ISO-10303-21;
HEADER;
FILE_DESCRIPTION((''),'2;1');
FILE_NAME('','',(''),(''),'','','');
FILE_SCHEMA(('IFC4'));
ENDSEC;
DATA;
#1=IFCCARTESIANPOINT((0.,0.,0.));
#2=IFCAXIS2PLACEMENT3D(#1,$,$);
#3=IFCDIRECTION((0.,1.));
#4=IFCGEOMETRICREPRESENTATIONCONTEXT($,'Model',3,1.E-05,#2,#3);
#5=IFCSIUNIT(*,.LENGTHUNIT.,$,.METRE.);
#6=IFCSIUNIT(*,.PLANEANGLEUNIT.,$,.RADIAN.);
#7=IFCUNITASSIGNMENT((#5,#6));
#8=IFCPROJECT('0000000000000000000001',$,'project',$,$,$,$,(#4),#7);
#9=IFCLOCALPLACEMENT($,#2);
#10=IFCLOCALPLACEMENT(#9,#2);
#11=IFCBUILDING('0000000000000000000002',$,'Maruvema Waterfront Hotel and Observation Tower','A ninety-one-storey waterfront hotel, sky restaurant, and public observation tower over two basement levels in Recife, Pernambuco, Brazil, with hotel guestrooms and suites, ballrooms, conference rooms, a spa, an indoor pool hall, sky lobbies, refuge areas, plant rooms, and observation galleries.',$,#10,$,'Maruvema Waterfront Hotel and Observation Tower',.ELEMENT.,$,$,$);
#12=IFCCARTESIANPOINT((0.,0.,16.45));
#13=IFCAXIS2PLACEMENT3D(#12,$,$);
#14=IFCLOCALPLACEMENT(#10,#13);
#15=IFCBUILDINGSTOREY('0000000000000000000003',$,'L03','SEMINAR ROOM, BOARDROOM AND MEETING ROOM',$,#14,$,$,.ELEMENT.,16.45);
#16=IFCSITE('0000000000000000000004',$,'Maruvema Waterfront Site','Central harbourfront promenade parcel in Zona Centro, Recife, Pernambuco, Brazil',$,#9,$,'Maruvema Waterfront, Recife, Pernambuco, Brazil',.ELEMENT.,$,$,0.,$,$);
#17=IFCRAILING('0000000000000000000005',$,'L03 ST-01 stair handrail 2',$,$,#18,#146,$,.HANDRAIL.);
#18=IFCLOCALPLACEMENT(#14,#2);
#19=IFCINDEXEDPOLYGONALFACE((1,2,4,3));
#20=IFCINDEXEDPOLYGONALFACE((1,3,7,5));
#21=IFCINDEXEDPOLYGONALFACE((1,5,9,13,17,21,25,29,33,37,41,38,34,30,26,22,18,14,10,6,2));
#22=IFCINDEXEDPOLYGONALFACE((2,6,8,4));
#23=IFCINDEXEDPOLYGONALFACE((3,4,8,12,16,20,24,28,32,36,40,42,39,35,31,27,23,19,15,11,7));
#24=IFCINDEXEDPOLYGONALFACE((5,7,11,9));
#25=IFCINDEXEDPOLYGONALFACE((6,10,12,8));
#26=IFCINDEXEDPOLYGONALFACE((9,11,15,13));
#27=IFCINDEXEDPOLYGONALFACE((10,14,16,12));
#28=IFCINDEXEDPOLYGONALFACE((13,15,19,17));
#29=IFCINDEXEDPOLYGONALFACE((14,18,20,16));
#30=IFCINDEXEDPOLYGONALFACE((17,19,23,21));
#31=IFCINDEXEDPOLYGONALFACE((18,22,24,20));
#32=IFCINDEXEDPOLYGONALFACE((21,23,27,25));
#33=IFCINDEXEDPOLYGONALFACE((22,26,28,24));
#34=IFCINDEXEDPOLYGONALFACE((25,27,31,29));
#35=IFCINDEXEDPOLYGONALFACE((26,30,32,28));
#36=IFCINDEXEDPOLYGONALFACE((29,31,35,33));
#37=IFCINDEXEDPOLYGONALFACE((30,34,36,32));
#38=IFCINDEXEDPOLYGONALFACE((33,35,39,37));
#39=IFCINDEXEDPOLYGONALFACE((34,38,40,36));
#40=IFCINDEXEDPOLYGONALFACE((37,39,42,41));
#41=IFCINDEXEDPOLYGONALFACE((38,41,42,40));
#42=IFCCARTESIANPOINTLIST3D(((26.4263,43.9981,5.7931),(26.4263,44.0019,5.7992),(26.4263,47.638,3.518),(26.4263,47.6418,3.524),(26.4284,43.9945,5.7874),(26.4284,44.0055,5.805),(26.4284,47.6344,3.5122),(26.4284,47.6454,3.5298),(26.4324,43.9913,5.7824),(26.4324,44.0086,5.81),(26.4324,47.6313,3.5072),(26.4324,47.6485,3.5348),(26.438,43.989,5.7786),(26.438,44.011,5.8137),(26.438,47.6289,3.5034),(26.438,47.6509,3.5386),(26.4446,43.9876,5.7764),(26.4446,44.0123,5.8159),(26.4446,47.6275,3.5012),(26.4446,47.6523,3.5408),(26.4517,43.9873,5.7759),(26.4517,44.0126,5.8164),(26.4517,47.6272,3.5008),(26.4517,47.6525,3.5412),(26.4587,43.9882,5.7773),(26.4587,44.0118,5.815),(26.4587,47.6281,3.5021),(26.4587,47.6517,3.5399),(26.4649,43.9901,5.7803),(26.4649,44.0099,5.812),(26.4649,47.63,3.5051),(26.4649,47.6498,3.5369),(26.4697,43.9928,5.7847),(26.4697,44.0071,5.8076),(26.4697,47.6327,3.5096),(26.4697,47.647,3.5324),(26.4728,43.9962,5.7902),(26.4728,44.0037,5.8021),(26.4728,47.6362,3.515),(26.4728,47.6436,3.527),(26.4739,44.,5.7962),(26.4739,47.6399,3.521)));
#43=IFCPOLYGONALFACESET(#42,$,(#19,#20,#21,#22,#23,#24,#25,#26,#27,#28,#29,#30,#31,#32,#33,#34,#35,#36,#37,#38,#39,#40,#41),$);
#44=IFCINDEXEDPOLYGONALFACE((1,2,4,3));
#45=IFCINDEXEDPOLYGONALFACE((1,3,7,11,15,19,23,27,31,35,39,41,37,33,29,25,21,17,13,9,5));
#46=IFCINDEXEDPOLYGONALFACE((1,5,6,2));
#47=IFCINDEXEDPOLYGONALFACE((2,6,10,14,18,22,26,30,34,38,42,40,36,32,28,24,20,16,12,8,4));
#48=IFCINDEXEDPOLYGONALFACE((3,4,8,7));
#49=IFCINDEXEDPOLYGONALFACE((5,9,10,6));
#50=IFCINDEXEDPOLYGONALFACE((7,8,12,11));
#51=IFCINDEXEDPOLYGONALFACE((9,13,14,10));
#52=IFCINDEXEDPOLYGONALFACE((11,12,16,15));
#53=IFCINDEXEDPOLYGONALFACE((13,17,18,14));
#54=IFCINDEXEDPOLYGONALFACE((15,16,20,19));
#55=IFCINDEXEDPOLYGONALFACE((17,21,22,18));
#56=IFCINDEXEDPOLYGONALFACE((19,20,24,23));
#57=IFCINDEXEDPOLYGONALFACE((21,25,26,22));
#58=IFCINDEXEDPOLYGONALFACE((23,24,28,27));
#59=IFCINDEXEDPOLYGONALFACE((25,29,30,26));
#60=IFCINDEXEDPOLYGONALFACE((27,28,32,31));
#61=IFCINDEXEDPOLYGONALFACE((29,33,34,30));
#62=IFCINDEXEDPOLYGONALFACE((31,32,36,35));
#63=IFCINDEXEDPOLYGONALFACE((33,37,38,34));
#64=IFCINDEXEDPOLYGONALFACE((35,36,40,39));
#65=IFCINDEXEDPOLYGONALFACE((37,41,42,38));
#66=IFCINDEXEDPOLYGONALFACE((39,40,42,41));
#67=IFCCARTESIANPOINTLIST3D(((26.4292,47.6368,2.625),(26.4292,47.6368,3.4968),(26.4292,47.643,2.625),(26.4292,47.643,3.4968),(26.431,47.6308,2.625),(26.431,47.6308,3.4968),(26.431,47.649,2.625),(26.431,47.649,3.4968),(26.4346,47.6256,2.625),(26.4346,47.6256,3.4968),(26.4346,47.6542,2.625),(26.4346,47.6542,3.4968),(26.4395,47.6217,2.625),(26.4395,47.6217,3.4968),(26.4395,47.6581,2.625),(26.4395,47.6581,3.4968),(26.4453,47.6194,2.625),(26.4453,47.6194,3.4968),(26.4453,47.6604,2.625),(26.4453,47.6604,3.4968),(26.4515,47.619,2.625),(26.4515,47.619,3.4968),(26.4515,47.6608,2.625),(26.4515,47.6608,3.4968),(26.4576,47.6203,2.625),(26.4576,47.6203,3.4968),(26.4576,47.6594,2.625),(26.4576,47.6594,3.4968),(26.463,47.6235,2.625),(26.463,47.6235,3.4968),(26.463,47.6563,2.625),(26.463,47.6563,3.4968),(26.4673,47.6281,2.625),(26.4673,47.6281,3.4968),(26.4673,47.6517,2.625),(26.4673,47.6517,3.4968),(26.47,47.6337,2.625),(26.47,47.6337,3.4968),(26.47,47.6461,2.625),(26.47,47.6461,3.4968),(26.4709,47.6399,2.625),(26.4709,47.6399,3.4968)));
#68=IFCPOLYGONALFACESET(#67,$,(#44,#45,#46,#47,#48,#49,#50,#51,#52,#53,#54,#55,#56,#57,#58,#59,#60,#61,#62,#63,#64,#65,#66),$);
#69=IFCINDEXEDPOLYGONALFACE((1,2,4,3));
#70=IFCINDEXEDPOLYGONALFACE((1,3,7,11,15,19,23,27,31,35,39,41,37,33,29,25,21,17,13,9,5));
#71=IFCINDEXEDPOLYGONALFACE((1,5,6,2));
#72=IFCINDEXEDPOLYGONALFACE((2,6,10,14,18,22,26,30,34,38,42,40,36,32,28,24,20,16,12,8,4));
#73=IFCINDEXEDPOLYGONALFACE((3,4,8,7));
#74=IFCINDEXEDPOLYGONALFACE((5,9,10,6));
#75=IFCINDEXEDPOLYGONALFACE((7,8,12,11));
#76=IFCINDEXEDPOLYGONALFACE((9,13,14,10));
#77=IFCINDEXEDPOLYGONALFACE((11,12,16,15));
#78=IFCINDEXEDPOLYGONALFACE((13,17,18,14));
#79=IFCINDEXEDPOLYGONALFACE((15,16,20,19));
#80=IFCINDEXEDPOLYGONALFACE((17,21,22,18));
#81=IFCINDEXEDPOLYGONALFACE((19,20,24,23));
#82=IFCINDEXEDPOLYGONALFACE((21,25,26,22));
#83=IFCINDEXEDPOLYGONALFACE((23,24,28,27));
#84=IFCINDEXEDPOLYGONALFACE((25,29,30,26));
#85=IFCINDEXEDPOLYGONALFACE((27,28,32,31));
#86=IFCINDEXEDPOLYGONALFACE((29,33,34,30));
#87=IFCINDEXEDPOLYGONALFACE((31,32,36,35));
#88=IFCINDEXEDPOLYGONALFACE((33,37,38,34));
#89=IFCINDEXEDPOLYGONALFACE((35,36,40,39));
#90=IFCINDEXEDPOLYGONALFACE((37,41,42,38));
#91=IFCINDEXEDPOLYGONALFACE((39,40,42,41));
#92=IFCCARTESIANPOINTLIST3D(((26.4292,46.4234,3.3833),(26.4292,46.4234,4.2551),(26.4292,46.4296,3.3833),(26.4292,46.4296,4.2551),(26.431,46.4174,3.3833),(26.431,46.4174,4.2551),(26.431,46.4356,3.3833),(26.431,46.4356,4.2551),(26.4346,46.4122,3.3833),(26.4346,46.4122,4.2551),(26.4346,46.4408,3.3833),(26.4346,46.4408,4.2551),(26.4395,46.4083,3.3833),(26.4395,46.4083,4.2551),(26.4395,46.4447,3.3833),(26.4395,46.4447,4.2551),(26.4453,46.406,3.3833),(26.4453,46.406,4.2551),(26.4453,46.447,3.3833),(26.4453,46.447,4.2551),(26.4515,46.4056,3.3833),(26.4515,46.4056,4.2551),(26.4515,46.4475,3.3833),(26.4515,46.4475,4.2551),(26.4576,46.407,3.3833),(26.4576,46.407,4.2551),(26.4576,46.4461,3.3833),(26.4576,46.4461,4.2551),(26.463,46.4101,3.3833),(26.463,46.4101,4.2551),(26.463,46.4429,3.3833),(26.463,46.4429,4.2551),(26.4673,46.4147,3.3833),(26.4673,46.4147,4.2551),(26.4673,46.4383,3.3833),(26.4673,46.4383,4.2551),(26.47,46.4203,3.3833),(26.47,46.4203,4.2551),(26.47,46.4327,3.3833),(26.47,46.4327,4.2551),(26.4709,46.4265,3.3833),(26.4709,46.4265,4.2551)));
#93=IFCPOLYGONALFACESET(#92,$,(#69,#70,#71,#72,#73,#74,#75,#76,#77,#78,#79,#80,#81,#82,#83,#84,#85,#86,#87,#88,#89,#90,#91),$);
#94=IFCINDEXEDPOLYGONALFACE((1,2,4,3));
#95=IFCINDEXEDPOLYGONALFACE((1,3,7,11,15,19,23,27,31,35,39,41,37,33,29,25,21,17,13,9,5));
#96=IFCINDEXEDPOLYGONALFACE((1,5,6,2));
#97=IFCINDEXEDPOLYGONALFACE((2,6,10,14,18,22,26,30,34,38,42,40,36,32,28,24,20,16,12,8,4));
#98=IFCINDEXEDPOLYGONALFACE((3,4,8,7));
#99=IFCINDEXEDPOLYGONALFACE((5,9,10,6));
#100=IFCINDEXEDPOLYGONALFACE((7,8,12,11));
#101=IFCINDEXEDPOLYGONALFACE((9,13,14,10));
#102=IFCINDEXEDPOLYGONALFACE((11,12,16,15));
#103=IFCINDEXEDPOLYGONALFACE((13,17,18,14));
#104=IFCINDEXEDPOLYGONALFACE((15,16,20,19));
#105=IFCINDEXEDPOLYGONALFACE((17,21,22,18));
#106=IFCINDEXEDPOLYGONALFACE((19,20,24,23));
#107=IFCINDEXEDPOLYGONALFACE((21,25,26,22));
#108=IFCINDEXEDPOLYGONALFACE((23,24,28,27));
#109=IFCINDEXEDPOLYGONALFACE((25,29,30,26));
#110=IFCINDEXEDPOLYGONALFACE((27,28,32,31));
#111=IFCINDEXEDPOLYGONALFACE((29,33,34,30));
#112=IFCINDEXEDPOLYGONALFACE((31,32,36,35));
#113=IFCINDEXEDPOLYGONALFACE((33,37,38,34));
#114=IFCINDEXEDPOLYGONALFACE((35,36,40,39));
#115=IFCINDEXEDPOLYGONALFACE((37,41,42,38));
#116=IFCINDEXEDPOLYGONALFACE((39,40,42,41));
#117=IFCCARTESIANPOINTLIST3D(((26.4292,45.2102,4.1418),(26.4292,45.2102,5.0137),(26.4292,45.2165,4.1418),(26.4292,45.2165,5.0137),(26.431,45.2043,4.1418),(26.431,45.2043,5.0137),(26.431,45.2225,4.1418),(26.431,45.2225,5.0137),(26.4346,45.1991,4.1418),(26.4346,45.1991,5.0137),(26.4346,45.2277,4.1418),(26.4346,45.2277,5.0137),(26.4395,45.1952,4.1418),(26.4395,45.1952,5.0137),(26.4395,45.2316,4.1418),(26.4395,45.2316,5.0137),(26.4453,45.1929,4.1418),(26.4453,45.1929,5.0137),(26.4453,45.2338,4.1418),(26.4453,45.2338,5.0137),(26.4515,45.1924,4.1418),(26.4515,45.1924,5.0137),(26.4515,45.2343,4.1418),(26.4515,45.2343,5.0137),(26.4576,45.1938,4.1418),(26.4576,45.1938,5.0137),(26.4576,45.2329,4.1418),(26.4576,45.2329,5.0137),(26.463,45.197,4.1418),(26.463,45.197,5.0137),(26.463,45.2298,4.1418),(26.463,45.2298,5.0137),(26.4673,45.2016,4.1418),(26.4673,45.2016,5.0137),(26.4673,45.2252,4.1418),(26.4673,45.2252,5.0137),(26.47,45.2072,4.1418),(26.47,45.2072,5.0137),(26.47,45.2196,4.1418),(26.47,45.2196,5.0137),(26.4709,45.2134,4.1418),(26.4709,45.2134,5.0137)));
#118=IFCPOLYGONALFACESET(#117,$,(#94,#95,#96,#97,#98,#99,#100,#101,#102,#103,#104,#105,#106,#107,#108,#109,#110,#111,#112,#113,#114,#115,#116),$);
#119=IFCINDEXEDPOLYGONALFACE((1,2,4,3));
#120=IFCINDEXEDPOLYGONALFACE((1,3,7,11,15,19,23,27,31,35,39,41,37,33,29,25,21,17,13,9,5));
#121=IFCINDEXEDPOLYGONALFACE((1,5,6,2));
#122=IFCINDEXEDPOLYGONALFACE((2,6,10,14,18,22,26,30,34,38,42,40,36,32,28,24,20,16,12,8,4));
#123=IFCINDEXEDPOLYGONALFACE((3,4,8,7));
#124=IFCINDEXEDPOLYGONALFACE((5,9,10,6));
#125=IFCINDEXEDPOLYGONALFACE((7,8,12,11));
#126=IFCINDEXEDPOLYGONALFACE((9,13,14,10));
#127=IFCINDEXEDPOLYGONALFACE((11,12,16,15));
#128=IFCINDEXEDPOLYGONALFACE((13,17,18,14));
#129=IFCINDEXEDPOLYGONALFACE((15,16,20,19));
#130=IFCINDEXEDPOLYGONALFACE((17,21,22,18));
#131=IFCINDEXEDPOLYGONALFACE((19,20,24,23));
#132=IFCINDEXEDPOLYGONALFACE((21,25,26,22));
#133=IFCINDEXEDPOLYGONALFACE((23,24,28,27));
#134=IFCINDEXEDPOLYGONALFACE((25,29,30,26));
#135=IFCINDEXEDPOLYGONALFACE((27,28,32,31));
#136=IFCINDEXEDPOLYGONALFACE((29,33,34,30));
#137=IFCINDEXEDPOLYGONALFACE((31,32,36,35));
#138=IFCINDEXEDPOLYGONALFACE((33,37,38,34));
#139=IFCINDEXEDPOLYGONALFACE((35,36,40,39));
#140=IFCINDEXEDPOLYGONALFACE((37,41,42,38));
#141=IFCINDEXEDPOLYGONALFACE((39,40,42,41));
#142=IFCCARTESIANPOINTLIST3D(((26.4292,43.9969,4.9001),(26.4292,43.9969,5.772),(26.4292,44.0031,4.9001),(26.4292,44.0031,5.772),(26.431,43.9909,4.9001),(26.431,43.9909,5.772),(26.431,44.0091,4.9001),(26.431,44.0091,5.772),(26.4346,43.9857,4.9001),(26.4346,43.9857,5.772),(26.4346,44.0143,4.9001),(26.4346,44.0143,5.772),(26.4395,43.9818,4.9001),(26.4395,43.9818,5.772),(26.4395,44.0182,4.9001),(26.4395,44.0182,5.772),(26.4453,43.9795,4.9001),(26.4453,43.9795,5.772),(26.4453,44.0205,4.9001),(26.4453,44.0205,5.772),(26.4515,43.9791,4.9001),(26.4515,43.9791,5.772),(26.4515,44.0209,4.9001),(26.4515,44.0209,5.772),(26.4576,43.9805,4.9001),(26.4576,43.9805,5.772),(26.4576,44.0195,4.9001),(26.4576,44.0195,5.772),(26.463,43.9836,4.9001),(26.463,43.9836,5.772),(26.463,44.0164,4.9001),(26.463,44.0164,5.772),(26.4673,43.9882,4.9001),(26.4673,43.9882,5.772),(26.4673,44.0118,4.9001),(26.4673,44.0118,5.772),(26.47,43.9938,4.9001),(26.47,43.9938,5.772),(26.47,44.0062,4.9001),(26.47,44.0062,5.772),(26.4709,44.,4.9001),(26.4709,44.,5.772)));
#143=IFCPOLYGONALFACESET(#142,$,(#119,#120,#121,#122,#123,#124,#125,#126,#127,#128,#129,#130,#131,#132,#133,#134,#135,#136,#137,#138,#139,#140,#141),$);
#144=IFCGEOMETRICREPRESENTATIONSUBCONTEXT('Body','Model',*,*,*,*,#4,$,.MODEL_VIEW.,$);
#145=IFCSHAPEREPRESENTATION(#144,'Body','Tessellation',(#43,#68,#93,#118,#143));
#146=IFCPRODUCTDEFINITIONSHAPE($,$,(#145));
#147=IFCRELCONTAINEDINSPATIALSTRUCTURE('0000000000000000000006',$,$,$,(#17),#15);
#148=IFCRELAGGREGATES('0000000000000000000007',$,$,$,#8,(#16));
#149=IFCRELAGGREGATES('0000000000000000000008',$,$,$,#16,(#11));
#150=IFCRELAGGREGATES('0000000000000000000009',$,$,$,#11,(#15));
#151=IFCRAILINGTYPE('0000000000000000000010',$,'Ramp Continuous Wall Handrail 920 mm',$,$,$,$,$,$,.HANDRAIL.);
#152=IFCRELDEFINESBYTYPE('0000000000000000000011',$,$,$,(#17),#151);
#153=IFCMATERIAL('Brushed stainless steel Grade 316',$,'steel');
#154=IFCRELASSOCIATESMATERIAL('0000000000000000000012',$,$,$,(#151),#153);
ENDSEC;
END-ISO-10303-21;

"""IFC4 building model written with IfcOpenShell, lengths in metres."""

from ifc_helpers import new_model, si_unit, direction, frame, origin, origin_2d, place, context, subcontext, project, spatial, circle, extrude, material, type_object, element, save


model = new_model("IFC4")

# Units and contexts
model_context = context("Model", 3, precision=1e-05, world=origin(), true_north=direction((0.0, 1.0)))
body_context = subcontext(model_context, "Body", "Model", "MODEL_VIEW")
ifc_project = project(units=[si_unit("LENGTHUNIT", "METRE"), si_unit("PLANEANGLEUNIT", "RADIAN")], contexts=[model_context])

# Site, building, storey
site_placement = place(None, origin())
site = spatial("IfcSite", under=ifc_project, at=site_placement, Name="Maruvema Waterfront Site", Description="Central harbourfront promenade parcel in Zona Centro, Recife, Pernambuco, Brazil", LongName="Maruvema Waterfront, Recife, Pernambuco, Brazil", CompositionType="ELEMENT", RefElevation=0.0)
building_placement = place(site_placement, origin())
building = spatial("IfcBuilding", under=site, at=building_placement, Name="Maruvema Waterfront Hotel and Observation Tower", Description="A ninety-one-storey waterfront hotel, sky restaurant, and public observation tower over two basement levels in Recife, Pernambuco, Brazil, with hotel guestrooms and suites, ballrooms, conference rooms, a spa, an indoor pool hall, sky lobbies, refuge areas, plant rooms, and observation galleries.", LongName="Maruvema Waterfront Hotel and Observation Tower", CompositionType="ELEMENT")
storey_placement = place(building_placement, frame((0.0, 0.0, 16.45)))
storey = spatial("IfcBuildingStorey", under=building, at=storey_placement, Name="L03", Description="SEMINAR ROOM, BOARDROOM AND MEETING ROOM", CompositionType="ELEMENT", Elevation=16.45)

# Railing
ifc_material_1 = material(Name="Brushed stainless steel Grade 316", Category="steel")
railing_type_1 = type_object("IfcRailingType", Name="Ramp Continuous Wall Handrail 920 mm", PredefinedType="HANDRAIL", material=ifc_material_1)
railing_1_placement = place(storey_placement, frame((26.45, 47.6399, 2.625)))
element("IfcRailing", 1, at=railing_1_placement, inside=storey, type_object=railing_type_1, Name="L03 ST-01 stair handrail 2", PredefinedType="HANDRAIL", context=body_context, shape_type="SweptSolid", body=[
    extrude(circle(Radius=0.0239, at=origin_2d()), frame((0.0, 0.0, 0.896), z_axis=(0.0, -0.847976, 0.530035), x_axis=(1.0, 0.0, 0.0)), (0.0, 0.0, 1.0), 4.2925),
    extrude(circle(Radius=0.021, at=origin_2d()), origin(), (0.0, 0.0, 1.0), 0.8718),
    extrude(circle(Radius=0.021, at=origin_2d()), frame((0.0, -1.2134, 0.7583)), (0.0, 0.0, 1.0), 0.8718),
    extrude(circle(Radius=0.021, at=origin_2d()), frame((0.0, -2.4265, 1.5168)), (0.0, 0.0, 1.0), 0.8718),
    extrude(circle(Radius=0.021, at=origin_2d()), frame((0.0, -3.6399, 2.2751)), (0.0, 0.0, 1.0), 0.8718),
])

save(model, "model.ifc")
